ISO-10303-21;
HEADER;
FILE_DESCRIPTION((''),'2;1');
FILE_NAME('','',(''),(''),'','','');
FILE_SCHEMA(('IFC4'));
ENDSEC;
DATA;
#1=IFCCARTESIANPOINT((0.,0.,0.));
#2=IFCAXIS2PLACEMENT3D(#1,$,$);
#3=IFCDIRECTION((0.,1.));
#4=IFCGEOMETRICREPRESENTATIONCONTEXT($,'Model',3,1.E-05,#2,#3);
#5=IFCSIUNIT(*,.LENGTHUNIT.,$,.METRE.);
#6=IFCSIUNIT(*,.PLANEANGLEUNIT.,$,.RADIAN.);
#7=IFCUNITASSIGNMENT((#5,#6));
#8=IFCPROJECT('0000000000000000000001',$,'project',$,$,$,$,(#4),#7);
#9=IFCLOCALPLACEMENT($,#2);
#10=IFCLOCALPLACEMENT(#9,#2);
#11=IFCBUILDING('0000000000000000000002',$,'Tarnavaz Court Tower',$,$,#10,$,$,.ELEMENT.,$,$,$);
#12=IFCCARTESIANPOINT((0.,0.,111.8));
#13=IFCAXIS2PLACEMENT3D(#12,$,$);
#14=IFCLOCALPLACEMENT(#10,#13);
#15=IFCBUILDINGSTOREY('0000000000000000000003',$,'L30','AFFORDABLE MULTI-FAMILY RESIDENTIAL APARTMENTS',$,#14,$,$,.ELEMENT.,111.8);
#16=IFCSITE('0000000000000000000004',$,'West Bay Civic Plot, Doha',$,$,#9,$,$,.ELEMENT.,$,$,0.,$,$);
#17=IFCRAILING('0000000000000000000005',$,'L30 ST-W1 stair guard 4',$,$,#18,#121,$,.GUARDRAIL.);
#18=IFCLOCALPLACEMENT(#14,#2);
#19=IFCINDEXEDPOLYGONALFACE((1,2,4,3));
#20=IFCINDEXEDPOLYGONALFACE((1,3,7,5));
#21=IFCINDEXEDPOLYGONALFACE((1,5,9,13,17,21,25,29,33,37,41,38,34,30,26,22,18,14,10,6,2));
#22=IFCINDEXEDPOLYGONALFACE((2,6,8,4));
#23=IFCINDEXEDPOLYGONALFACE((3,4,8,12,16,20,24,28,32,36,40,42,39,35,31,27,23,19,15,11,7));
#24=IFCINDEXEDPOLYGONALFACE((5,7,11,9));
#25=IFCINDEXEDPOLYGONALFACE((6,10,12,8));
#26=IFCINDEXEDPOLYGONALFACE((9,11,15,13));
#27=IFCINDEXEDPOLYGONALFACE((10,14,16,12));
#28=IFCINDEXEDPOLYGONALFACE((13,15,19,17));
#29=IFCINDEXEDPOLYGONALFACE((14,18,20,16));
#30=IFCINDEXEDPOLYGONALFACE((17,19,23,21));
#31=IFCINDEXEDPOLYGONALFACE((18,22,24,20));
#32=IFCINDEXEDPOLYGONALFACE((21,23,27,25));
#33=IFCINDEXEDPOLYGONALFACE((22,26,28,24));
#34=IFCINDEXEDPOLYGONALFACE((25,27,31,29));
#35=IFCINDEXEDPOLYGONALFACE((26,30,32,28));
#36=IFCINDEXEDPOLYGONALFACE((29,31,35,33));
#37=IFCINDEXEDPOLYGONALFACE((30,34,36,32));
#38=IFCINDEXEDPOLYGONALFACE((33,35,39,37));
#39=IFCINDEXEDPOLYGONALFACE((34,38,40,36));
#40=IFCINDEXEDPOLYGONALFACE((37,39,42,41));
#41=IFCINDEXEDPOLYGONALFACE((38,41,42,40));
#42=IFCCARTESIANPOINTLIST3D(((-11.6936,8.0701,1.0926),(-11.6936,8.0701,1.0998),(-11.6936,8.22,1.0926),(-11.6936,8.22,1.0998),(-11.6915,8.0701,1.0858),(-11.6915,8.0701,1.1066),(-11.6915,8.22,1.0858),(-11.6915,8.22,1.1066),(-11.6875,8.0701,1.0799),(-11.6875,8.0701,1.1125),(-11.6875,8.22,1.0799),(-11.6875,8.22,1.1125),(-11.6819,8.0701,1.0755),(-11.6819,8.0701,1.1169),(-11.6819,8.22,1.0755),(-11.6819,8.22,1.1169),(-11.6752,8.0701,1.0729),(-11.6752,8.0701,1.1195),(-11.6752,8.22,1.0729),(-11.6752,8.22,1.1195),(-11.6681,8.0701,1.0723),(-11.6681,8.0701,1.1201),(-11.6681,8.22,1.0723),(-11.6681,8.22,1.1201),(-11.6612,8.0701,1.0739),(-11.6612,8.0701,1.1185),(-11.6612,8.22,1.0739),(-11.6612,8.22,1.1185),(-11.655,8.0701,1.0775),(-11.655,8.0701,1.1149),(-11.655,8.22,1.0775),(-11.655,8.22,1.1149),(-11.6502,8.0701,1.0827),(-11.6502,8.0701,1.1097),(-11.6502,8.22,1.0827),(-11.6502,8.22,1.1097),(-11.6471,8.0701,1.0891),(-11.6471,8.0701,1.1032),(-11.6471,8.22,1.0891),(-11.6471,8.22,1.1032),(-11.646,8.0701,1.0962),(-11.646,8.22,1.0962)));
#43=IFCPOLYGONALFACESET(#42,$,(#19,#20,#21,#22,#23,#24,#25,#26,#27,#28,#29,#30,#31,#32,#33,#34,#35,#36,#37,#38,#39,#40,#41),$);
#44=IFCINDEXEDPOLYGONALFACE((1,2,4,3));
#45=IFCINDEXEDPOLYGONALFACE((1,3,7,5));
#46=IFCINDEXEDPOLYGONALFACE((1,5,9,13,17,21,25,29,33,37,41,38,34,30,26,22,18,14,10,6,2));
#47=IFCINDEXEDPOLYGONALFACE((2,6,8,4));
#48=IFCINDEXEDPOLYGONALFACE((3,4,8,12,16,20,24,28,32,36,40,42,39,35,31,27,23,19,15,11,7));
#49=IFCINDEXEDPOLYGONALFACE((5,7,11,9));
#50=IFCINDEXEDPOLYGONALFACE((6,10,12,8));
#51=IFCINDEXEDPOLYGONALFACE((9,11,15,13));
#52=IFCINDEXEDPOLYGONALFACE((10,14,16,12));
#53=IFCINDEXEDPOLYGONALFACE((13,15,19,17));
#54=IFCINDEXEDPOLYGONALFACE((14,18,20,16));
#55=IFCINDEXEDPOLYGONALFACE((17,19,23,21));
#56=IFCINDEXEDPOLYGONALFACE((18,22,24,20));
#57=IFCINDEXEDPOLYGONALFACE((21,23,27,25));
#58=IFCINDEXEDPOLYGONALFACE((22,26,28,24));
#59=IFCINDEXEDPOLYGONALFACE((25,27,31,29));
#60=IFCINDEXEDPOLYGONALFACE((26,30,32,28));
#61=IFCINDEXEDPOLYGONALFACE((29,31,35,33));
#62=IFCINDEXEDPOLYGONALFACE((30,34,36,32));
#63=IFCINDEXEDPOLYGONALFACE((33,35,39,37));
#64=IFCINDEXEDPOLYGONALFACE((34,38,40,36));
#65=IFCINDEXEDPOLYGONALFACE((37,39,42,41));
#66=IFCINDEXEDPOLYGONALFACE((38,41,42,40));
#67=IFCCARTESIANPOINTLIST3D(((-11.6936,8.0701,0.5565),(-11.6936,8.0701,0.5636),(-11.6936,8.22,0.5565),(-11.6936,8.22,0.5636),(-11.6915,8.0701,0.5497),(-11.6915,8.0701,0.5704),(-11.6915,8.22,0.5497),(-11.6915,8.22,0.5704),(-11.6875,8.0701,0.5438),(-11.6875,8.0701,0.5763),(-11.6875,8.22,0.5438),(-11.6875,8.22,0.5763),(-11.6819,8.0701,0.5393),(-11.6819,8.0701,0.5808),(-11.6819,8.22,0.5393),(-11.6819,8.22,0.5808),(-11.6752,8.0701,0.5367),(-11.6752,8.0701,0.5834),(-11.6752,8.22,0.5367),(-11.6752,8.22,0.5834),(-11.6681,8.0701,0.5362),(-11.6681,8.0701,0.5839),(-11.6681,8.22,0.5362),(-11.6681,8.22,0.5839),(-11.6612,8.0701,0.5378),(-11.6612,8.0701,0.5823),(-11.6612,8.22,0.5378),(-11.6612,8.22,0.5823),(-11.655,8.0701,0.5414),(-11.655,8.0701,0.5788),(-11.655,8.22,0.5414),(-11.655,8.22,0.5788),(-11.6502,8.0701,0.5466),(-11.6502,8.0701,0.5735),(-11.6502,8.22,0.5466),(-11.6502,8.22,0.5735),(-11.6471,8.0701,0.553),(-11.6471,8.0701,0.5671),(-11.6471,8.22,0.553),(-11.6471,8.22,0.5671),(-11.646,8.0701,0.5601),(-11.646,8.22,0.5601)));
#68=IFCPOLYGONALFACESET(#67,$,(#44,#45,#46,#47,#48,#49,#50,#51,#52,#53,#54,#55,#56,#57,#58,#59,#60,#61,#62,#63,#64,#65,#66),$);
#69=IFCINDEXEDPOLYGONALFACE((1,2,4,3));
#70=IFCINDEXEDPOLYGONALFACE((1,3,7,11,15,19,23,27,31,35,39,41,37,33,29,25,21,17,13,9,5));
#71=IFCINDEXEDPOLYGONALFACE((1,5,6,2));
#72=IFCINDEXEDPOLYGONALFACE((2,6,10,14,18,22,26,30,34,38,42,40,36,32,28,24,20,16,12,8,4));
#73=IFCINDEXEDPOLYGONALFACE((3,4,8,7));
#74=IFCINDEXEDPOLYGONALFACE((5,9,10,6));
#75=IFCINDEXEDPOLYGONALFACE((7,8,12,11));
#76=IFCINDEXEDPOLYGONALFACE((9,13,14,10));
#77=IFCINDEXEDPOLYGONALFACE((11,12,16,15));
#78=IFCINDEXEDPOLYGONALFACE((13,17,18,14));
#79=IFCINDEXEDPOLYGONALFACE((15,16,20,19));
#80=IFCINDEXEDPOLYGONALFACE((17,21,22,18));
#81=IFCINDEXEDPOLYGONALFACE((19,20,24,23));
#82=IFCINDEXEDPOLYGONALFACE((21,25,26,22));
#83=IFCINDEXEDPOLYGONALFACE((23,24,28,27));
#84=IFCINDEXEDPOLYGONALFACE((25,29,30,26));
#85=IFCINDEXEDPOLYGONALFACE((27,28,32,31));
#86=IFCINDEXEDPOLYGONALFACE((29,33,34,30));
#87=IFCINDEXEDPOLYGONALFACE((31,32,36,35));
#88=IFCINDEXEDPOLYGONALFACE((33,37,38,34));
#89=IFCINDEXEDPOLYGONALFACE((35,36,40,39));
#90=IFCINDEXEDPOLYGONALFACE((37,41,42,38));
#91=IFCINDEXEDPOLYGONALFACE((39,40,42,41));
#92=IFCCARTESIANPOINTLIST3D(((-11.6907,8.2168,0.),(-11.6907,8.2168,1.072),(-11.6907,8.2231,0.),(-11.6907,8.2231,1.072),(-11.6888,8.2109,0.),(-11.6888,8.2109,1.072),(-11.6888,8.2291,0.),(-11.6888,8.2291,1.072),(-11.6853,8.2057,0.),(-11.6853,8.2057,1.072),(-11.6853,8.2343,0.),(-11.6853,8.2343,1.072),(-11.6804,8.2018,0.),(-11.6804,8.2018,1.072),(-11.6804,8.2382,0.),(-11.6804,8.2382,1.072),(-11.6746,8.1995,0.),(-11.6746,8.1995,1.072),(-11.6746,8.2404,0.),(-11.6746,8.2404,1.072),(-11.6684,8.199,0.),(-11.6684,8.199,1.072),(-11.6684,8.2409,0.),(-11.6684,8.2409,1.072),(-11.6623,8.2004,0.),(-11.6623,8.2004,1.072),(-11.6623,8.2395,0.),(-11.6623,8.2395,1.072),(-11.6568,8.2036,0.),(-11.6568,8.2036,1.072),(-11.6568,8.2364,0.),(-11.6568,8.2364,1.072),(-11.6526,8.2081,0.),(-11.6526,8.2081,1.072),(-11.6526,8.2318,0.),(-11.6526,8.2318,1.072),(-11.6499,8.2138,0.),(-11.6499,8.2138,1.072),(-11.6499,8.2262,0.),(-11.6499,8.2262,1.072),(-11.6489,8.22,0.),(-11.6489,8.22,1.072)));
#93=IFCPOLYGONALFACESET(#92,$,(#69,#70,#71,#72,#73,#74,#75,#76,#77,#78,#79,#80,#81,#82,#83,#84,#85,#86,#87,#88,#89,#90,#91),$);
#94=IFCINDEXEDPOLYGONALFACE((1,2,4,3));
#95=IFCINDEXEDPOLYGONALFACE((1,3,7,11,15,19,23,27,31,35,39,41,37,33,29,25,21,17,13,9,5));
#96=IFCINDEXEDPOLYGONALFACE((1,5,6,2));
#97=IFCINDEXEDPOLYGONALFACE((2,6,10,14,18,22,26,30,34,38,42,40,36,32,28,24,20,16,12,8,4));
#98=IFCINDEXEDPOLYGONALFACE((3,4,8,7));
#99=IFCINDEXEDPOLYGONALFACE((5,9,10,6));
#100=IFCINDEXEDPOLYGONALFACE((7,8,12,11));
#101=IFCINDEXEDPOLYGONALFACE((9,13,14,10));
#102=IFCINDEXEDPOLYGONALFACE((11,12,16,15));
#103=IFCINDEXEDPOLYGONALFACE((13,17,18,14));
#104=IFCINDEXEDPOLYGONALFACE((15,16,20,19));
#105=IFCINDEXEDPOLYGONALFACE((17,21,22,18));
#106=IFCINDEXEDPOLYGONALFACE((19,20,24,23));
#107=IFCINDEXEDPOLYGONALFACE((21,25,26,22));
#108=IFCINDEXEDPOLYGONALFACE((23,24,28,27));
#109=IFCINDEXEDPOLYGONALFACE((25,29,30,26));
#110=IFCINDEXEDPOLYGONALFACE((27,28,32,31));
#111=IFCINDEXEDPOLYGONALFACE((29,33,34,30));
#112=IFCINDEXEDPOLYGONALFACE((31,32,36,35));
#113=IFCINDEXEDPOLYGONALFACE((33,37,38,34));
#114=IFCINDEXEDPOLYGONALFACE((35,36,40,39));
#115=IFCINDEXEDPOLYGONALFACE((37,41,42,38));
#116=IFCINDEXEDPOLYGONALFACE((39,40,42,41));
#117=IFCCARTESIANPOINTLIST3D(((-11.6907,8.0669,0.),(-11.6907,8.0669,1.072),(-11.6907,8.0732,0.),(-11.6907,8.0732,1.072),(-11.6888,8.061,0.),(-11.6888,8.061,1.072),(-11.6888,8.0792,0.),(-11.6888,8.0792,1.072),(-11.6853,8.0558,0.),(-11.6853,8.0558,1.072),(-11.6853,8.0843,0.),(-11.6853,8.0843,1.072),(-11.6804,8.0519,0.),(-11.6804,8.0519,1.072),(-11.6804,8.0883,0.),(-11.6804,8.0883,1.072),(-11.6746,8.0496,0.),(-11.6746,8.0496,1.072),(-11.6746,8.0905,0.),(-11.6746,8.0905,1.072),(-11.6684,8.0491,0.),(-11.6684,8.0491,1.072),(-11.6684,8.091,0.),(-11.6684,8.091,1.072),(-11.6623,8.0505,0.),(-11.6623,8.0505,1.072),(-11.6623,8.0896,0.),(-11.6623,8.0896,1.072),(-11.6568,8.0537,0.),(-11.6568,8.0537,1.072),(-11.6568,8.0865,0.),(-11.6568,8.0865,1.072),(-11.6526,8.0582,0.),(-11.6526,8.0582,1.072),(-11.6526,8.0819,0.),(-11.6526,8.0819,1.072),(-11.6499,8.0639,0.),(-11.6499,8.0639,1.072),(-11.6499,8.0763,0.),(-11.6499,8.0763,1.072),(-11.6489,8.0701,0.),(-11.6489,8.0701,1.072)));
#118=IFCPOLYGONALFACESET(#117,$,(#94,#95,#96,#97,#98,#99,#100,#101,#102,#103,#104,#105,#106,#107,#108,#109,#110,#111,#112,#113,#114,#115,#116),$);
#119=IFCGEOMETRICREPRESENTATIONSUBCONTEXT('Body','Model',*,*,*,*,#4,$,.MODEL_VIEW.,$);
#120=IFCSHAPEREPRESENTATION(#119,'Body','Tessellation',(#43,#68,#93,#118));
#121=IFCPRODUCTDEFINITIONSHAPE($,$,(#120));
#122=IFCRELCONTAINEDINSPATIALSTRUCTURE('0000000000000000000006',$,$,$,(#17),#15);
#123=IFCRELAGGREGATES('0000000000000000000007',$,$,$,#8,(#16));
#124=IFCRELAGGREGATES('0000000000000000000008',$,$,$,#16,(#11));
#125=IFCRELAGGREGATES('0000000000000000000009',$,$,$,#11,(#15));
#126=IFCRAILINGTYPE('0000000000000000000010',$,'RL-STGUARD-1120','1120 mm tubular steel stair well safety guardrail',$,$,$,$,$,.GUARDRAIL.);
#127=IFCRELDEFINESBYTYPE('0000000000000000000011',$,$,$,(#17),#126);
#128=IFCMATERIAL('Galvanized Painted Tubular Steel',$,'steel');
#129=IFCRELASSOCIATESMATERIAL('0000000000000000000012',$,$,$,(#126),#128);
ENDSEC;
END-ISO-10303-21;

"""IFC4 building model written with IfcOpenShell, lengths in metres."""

from ifc_helpers import new_model, si_unit, direction, frame, origin, origin_2d, place, context, subcontext, project, spatial, circle, extrude, material, type_object, element, save


model = new_model("IFC4")

# Units and contexts
model_context = context("Model", 3, precision=1e-05, world=origin(), true_north=direction((0.0, 1.0)))
body_context = subcontext(model_context, "Body", "Model", "MODEL_VIEW")
ifc_project = project(units=[si_unit("LENGTHUNIT", "METRE"), si_unit("PLANEANGLEUNIT", "RADIAN")], contexts=[model_context])

# Site, building, storey
site_placement = place(None, origin())
site = spatial("IfcSite", under=ifc_project, at=site_placement, Name="West Bay Civic Plot, Doha", CompositionType="ELEMENT", RefElevation=0.0)
building_placement = place(site_placement, origin())
building = spatial("IfcBuilding", under=site, at=building_placement, Name="Tarnavaz Court Tower", CompositionType="ELEMENT")
storey_placement = place(building_placement, frame((0.0, 0.0, 111.8)))
storey = spatial("IfcBuildingStorey", under=building, at=storey_placement, Name="L30", Description="AFFORDABLE MULTI-FAMILY RESIDENTIAL APARTMENTS", CompositionType="ELEMENT", Elevation=111.8)

# Railing
ifc_material_1 = material(Name="Galvanized Painted Tubular Steel", Category="steel")
railing_type_1 = type_object("IfcRailingType", Name="RL-STGUARD-1120", Description="1120 mm tubular steel stair well safety guardrail", PredefinedType="GUARDRAIL", material=ifc_material_1)
railing_1_placement = place(storey_placement, frame((-11.6699, 8.22, 0.0)))
element("IfcRailing", 1, at=railing_1_placement, inside=storey, type_object=railing_type_1, Name="L30 ST-W1 stair guard 4", PredefinedType="GUARDRAIL", context=body_context, shape_type="SweptSolid", body=[
    extrude(circle(Radius=0.0239, at=origin_2d()), frame((0.0, 0.0, 1.0962), z_axis=(0.0, -1.0, 0.0), x_axis=(1.0, 0.0, 0.0)), (0.0, 0.0, 1.0), 0.1499),
    extrude(circle(Radius=0.0239, at=origin_2d()), frame((0.0, 0.0, 0.5601), z_axis=(0.0, -1.0, 0.0), x_axis=(1.0, 0.0, 0.0)), (0.0, 0.0, 1.0), 0.1499),
    extrude(circle(Radius=0.021, at=origin_2d()), origin(), (0.0, 0.0, 1.0), 1.072),
    extrude(circle(Radius=0.021, at=origin_2d()), frame((0.0, -0.1499, 0.0)), (0.0, 0.0, 1.0), 1.072),
])

save(model, "model.ifc")
